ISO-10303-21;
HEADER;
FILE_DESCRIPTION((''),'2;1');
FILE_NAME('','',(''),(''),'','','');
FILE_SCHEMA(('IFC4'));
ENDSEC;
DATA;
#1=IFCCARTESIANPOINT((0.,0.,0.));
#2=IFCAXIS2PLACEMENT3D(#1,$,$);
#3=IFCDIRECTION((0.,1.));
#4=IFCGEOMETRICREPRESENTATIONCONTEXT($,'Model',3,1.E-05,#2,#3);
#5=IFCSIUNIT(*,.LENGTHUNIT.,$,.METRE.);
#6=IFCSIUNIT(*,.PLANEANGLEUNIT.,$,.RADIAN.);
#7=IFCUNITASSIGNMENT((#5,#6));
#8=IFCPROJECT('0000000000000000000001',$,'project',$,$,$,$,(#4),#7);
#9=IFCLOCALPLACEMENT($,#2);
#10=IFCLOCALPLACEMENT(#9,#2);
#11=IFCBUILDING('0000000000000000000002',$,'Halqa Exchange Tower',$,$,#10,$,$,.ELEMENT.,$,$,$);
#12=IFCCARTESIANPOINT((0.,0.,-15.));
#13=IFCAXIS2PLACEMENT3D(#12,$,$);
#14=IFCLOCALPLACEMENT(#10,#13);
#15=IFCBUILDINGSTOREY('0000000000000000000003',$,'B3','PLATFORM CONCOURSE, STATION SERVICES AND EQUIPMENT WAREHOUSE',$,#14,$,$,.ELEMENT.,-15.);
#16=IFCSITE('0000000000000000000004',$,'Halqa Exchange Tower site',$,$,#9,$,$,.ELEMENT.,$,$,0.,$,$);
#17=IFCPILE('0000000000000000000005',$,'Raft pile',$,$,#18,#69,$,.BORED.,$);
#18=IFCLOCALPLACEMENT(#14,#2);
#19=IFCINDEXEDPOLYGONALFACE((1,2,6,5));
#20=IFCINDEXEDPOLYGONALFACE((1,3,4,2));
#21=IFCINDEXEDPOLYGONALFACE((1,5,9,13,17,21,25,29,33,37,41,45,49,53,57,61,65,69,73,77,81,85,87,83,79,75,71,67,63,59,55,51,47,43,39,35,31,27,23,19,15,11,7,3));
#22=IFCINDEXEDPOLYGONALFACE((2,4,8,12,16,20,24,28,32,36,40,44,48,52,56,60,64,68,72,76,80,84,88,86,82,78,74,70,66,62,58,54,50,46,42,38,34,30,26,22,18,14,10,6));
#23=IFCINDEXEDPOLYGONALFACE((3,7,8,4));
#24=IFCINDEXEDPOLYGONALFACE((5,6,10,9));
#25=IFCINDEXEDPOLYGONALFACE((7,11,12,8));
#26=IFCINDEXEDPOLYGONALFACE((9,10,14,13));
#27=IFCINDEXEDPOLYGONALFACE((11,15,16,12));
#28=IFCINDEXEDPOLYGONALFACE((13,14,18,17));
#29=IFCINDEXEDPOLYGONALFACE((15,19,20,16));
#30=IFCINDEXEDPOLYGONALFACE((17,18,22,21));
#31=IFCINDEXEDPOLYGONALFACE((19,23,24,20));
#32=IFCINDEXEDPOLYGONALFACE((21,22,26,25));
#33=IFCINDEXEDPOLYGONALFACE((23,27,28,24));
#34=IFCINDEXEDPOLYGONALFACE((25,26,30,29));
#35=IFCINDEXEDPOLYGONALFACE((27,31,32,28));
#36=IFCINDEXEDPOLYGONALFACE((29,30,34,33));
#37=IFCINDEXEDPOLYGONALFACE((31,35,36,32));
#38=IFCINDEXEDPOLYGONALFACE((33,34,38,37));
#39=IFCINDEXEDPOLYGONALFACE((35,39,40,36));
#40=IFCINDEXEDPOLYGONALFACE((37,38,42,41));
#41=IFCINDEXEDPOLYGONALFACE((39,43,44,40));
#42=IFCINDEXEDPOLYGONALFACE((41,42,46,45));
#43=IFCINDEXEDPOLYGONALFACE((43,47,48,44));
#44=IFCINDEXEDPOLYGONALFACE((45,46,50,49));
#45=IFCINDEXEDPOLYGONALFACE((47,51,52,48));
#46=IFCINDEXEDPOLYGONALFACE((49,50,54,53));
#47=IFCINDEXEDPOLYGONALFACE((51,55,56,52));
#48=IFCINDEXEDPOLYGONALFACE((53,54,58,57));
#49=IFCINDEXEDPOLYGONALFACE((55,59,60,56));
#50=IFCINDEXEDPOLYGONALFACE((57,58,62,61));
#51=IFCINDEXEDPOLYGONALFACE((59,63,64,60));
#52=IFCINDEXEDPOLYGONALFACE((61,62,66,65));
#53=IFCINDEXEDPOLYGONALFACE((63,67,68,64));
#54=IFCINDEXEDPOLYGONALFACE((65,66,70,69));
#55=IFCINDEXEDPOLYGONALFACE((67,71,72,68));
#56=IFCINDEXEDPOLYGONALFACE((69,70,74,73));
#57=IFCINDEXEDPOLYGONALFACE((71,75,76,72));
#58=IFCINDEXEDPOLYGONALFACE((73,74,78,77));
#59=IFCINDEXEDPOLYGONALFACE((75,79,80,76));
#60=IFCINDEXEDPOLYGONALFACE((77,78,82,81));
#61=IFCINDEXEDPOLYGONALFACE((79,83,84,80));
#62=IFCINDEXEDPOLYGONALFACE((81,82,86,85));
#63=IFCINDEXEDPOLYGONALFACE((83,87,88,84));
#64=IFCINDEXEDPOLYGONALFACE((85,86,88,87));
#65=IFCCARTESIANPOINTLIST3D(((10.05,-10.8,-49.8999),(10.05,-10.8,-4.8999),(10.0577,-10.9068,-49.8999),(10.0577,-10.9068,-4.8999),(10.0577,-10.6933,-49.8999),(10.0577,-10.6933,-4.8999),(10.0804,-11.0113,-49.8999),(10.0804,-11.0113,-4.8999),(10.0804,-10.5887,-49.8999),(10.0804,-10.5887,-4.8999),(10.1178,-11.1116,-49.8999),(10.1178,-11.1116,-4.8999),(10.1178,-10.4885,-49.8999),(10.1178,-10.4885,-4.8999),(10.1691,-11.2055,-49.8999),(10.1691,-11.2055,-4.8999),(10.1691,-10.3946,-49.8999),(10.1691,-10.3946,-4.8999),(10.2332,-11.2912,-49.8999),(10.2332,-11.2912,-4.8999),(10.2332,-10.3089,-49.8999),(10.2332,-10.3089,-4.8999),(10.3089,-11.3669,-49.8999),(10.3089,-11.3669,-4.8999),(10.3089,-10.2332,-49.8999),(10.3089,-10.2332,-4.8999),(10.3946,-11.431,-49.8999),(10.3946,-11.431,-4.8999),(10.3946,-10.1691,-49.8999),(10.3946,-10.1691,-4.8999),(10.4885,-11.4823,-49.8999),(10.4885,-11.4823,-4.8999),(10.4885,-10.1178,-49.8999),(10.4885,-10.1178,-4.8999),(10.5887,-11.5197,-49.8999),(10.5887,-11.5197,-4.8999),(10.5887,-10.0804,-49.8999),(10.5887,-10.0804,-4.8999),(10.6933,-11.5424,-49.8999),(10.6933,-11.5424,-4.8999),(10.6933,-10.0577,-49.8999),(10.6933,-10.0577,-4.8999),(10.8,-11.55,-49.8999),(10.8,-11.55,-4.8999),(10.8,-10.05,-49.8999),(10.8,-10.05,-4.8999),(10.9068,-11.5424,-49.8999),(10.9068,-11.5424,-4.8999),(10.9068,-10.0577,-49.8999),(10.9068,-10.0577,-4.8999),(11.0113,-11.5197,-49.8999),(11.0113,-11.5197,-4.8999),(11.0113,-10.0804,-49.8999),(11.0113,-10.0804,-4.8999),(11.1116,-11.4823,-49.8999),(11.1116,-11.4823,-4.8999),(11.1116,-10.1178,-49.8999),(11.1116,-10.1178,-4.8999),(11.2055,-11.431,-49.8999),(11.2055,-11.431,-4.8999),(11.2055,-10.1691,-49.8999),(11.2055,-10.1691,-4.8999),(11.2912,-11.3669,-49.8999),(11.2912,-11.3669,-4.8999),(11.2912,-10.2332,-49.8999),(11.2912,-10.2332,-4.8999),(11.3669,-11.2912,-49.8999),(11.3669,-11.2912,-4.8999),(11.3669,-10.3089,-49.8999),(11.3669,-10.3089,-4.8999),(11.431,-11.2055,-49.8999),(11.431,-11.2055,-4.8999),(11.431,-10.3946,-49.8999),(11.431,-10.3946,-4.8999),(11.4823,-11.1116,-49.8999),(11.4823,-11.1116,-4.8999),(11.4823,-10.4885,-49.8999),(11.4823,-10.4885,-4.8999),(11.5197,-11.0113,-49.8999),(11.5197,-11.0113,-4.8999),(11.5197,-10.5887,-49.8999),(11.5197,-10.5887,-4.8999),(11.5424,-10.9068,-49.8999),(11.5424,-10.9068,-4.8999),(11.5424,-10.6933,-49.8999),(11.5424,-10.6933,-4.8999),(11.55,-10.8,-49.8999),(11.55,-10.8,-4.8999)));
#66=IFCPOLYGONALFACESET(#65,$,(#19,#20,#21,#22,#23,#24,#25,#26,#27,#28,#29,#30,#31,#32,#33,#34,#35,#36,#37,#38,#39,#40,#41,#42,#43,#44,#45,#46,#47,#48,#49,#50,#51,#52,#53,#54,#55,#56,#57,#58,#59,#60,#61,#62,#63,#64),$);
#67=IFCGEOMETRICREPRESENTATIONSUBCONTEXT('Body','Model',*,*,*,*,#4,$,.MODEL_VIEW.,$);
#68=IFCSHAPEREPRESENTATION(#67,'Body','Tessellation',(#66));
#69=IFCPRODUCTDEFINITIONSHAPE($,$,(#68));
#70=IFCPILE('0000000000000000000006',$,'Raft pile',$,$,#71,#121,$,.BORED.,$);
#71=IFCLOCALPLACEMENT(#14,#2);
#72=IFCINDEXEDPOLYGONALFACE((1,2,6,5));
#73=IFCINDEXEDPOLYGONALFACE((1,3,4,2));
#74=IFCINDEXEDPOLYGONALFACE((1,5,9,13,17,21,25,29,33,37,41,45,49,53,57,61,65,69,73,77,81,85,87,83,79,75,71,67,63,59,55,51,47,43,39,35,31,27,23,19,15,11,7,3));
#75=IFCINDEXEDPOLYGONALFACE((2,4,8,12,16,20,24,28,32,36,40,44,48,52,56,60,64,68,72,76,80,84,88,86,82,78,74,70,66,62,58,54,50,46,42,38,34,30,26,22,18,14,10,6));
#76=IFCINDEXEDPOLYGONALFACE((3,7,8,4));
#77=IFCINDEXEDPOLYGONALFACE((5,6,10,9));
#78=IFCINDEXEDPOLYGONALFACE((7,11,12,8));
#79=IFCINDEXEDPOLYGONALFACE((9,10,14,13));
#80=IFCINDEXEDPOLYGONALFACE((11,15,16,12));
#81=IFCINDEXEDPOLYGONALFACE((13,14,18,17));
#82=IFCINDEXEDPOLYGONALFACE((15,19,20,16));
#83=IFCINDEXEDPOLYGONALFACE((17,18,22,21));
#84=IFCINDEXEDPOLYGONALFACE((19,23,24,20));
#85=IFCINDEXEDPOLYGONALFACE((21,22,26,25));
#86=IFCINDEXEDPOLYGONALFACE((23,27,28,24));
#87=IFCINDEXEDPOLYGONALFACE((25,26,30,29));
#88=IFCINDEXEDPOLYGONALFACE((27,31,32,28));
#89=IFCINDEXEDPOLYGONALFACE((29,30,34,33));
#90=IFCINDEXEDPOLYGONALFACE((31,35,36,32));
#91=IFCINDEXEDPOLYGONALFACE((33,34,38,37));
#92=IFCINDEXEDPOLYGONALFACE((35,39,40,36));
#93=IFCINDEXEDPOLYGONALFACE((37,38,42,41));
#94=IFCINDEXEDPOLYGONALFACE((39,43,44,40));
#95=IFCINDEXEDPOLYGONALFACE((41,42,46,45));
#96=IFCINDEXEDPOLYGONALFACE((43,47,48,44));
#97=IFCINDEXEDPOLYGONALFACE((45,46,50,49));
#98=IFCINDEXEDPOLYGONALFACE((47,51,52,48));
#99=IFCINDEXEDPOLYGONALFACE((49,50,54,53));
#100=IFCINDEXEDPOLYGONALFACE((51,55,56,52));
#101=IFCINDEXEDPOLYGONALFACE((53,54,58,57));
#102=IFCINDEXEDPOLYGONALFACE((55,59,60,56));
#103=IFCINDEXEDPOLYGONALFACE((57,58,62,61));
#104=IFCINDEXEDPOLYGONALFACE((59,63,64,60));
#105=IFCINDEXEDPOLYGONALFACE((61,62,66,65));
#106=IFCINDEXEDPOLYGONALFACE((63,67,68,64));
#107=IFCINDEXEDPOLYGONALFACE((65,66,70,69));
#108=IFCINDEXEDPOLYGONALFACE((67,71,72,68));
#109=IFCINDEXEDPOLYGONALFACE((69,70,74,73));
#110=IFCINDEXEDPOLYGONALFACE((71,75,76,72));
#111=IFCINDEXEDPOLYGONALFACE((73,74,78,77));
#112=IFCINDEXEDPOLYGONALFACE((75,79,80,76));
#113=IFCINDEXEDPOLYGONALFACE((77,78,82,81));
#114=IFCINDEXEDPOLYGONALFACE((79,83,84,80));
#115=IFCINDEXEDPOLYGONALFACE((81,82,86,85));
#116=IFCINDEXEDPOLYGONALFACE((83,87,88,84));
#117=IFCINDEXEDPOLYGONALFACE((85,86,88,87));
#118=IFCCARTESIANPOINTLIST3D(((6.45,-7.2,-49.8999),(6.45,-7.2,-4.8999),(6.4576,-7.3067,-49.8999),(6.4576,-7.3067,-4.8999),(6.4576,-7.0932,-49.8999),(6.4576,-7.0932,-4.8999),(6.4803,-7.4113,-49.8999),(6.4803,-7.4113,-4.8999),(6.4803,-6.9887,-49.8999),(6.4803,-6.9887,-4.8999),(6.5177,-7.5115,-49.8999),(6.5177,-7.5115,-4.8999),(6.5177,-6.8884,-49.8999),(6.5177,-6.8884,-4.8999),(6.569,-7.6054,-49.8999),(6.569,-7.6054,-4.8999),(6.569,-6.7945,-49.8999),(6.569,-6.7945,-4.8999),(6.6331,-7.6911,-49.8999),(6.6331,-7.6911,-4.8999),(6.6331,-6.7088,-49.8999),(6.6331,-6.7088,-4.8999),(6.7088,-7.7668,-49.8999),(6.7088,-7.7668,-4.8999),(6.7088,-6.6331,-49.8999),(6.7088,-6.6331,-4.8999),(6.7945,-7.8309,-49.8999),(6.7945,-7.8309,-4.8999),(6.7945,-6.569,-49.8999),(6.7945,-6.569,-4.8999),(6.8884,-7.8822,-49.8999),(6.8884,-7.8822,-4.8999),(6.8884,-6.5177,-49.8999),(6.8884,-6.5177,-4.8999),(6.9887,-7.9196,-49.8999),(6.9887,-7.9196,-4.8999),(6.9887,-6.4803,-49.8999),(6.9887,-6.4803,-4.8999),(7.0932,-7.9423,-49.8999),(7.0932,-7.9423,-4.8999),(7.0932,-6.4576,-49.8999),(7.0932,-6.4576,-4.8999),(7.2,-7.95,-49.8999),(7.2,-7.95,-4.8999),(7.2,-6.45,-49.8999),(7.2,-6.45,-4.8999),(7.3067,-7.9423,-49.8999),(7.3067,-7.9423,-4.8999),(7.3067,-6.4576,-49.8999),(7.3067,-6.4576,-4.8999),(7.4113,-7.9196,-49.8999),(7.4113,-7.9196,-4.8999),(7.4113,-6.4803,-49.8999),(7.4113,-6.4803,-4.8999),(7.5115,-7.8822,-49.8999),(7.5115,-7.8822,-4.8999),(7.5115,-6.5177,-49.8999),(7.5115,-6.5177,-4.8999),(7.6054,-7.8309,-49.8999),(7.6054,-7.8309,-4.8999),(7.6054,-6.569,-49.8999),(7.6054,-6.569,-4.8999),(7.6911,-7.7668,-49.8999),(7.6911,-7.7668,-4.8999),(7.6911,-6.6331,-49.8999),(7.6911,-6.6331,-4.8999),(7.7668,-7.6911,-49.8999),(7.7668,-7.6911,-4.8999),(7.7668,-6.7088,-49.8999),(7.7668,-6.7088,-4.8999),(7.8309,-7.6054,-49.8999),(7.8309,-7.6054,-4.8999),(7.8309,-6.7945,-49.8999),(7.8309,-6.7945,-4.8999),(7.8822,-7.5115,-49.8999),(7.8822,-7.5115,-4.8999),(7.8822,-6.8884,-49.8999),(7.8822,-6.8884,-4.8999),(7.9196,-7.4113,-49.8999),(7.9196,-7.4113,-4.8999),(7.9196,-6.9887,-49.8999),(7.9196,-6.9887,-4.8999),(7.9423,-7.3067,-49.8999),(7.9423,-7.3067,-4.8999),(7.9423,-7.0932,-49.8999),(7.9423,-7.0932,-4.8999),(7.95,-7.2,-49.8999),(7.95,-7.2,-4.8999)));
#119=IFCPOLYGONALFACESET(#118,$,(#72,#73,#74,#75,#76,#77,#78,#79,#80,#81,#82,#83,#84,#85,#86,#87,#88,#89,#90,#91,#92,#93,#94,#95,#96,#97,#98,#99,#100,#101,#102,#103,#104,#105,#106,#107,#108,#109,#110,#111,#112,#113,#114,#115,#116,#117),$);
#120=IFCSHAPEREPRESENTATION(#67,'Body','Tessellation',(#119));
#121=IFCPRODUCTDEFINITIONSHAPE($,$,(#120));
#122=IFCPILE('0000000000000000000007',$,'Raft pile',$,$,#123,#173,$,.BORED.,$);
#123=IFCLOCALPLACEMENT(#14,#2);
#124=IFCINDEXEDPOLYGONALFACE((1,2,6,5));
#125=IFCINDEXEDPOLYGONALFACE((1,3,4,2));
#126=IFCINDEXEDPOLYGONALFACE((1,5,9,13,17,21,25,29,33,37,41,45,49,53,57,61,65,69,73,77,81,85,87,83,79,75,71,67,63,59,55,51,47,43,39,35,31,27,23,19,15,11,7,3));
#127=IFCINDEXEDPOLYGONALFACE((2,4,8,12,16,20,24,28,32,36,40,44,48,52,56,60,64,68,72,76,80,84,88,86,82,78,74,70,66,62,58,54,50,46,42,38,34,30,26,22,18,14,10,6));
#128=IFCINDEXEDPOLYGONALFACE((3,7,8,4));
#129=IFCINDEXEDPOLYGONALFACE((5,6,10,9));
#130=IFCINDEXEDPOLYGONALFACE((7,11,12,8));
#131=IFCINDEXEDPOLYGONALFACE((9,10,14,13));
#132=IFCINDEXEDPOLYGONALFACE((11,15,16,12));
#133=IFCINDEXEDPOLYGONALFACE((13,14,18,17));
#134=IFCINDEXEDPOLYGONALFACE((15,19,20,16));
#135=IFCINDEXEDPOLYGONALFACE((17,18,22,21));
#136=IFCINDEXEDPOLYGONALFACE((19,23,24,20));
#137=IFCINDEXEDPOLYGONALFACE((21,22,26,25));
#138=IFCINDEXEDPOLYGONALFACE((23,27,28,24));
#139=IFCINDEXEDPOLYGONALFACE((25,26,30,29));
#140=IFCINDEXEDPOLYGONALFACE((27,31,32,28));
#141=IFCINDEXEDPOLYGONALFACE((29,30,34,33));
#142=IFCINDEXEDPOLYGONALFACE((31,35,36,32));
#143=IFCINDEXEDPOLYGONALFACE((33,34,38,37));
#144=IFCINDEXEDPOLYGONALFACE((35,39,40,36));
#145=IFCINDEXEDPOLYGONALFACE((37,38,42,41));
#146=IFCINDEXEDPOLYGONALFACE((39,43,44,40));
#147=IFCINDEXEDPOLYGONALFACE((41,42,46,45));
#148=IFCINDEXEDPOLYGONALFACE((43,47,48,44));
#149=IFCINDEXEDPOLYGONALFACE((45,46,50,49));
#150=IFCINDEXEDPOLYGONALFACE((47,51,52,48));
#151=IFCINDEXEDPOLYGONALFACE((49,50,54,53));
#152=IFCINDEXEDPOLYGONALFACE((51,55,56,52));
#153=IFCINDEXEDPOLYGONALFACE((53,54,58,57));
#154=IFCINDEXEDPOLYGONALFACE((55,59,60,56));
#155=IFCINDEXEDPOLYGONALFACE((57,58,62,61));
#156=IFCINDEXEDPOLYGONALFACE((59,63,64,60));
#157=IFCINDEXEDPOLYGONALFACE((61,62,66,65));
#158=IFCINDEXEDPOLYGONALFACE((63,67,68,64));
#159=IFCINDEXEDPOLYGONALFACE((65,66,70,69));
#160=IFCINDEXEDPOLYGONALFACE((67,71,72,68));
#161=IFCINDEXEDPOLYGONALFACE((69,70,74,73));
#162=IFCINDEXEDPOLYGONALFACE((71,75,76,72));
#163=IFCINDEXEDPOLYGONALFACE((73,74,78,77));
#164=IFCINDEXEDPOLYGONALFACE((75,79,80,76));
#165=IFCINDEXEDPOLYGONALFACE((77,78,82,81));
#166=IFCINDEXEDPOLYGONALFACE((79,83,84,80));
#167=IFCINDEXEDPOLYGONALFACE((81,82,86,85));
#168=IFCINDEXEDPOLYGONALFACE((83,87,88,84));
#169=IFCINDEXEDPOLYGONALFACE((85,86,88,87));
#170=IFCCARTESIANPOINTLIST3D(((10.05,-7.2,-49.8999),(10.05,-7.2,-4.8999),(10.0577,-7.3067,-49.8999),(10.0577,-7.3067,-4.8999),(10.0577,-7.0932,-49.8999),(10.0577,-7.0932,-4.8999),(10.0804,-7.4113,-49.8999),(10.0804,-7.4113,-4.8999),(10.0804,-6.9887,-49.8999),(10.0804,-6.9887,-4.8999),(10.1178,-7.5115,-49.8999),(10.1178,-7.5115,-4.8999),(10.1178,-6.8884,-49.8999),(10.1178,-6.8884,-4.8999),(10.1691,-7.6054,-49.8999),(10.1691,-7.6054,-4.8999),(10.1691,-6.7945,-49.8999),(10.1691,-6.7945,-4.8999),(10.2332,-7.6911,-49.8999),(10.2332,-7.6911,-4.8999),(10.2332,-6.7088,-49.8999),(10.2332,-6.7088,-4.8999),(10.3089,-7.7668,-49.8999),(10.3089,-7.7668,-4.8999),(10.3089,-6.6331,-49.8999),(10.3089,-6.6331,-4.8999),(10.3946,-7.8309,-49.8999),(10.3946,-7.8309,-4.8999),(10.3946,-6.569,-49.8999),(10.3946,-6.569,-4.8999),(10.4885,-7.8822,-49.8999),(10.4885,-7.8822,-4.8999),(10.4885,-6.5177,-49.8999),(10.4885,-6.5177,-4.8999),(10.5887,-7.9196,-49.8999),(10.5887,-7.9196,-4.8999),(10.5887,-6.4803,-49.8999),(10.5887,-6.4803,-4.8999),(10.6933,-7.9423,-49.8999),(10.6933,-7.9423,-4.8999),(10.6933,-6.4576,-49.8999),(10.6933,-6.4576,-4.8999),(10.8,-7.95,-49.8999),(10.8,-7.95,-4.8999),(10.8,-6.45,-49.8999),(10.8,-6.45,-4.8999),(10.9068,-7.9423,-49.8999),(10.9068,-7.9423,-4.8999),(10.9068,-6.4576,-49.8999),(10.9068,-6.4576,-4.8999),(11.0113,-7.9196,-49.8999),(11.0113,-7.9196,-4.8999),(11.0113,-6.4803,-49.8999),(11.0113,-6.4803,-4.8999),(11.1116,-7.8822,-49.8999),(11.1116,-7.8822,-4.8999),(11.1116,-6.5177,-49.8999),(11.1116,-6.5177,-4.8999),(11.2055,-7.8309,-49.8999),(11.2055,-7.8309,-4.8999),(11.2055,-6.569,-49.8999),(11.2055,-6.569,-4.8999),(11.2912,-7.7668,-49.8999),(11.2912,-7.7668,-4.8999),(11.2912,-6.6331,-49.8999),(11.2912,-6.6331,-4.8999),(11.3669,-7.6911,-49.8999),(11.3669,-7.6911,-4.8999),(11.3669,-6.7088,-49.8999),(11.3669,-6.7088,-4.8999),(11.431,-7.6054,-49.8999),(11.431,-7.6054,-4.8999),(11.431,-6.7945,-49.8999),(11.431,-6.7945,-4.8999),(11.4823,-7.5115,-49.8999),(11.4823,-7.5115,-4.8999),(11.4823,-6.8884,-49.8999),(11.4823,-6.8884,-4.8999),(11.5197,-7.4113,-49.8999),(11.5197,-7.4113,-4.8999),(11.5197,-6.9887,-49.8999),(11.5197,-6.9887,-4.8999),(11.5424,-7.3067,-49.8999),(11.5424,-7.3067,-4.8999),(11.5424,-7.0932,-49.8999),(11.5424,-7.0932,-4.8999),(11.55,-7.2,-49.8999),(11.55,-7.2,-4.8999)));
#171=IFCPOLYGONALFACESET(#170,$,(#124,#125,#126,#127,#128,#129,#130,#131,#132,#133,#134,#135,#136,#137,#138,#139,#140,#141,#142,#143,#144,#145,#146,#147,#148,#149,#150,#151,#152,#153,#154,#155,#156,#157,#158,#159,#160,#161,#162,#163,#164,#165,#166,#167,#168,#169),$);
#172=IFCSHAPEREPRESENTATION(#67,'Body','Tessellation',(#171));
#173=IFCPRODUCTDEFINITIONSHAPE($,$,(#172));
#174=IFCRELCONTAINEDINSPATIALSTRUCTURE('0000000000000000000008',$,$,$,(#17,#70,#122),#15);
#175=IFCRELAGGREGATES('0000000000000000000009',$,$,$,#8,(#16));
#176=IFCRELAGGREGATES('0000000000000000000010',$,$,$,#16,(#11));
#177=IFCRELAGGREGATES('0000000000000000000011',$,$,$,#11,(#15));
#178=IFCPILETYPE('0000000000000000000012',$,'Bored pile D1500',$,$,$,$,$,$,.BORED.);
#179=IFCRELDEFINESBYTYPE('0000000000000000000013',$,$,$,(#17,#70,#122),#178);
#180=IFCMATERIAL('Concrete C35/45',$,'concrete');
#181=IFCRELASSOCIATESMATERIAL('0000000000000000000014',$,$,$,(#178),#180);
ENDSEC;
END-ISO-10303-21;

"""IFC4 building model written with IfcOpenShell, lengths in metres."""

from ifc_helpers import new_model, si_unit, direction, frame, origin, origin_2d, place, context, subcontext, project, spatial, circle, extrude, material, material_profile, profile_set, type_object, element, save


model = new_model("IFC4")

# Units and contexts
model_context = context("Model", 3, precision=1e-05, world=origin(), true_north=direction((0.0, 1.0)))
body_context = subcontext(model_context, "Body", "Model", "MODEL_VIEW")
ifc_project = project(units=[si_unit("LENGTHUNIT", "METRE"), si_unit("PLANEANGLEUNIT", "RADIAN")], contexts=[model_context])

# Site, building, storey
site_placement = place(None, origin())
site = spatial("IfcSite", under=ifc_project, at=site_placement, Name="Halqa Exchange Tower site", CompositionType="ELEMENT", RefElevation=0.0)
building_placement = place(site_placement, origin())
building = spatial("IfcBuilding", under=site, at=building_placement, Name="Halqa Exchange Tower", CompositionType="ELEMENT")
storey_placement = place(building_placement, frame((0.0, 0.0, -15.0)))
storey = spatial("IfcBuildingStorey", under=building, at=storey_placement, Name="B3", Description="PLATFORM CONCOURSE, STATION SERVICES AND EQUIPMENT WAREHOUSE", CompositionType="ELEMENT", Elevation=-15.0)

# Piles
ifc_material_1 = material(Name="Concrete C35/45", Category="concrete")
ifc_material_profile = material_profile(ifc_material_1, circle(Radius=0.75, at=origin_2d()), Name="D1500")
ifc_profile_set = profile_set([ifc_material_profile], Name="Concrete C35/45")
pile_type = type_object("IfcPileType", Name="Bored pile D1500", PredefinedType="BORED", material=ifc_profile_set)
for number, where, z_axis, x_axis, name in (
    (1, (10.8, -10.8, -4.8999), (0.0, 0.0, -1.0), (1.0, 0.0, 0.0), "Raft pile"),
    (2, (7.2, -7.2, -4.8999), (0.0, 0.0, -1.0), (1.0, 0.0, 0.0), "Raft pile"),
    (3, (10.8, -7.2, -4.8999), (0.0, 0.0, -1.0), (1.0, 0.0, 0.0), "Raft pile"),
):
    element("IfcPile", number, at=place(storey_placement, frame(where, z_axis=z_axis, x_axis=x_axis)), inside=storey, type_object=pile_type, Name=name, PredefinedType="BORED", context=body_context, shape_type="SweptSolid", body=[
        extrude(circle(Radius=0.75, at=origin_2d()), origin(), (0.0, 0.0, 1.0), 45.0),
    ])

save(model, "model.ifc")
